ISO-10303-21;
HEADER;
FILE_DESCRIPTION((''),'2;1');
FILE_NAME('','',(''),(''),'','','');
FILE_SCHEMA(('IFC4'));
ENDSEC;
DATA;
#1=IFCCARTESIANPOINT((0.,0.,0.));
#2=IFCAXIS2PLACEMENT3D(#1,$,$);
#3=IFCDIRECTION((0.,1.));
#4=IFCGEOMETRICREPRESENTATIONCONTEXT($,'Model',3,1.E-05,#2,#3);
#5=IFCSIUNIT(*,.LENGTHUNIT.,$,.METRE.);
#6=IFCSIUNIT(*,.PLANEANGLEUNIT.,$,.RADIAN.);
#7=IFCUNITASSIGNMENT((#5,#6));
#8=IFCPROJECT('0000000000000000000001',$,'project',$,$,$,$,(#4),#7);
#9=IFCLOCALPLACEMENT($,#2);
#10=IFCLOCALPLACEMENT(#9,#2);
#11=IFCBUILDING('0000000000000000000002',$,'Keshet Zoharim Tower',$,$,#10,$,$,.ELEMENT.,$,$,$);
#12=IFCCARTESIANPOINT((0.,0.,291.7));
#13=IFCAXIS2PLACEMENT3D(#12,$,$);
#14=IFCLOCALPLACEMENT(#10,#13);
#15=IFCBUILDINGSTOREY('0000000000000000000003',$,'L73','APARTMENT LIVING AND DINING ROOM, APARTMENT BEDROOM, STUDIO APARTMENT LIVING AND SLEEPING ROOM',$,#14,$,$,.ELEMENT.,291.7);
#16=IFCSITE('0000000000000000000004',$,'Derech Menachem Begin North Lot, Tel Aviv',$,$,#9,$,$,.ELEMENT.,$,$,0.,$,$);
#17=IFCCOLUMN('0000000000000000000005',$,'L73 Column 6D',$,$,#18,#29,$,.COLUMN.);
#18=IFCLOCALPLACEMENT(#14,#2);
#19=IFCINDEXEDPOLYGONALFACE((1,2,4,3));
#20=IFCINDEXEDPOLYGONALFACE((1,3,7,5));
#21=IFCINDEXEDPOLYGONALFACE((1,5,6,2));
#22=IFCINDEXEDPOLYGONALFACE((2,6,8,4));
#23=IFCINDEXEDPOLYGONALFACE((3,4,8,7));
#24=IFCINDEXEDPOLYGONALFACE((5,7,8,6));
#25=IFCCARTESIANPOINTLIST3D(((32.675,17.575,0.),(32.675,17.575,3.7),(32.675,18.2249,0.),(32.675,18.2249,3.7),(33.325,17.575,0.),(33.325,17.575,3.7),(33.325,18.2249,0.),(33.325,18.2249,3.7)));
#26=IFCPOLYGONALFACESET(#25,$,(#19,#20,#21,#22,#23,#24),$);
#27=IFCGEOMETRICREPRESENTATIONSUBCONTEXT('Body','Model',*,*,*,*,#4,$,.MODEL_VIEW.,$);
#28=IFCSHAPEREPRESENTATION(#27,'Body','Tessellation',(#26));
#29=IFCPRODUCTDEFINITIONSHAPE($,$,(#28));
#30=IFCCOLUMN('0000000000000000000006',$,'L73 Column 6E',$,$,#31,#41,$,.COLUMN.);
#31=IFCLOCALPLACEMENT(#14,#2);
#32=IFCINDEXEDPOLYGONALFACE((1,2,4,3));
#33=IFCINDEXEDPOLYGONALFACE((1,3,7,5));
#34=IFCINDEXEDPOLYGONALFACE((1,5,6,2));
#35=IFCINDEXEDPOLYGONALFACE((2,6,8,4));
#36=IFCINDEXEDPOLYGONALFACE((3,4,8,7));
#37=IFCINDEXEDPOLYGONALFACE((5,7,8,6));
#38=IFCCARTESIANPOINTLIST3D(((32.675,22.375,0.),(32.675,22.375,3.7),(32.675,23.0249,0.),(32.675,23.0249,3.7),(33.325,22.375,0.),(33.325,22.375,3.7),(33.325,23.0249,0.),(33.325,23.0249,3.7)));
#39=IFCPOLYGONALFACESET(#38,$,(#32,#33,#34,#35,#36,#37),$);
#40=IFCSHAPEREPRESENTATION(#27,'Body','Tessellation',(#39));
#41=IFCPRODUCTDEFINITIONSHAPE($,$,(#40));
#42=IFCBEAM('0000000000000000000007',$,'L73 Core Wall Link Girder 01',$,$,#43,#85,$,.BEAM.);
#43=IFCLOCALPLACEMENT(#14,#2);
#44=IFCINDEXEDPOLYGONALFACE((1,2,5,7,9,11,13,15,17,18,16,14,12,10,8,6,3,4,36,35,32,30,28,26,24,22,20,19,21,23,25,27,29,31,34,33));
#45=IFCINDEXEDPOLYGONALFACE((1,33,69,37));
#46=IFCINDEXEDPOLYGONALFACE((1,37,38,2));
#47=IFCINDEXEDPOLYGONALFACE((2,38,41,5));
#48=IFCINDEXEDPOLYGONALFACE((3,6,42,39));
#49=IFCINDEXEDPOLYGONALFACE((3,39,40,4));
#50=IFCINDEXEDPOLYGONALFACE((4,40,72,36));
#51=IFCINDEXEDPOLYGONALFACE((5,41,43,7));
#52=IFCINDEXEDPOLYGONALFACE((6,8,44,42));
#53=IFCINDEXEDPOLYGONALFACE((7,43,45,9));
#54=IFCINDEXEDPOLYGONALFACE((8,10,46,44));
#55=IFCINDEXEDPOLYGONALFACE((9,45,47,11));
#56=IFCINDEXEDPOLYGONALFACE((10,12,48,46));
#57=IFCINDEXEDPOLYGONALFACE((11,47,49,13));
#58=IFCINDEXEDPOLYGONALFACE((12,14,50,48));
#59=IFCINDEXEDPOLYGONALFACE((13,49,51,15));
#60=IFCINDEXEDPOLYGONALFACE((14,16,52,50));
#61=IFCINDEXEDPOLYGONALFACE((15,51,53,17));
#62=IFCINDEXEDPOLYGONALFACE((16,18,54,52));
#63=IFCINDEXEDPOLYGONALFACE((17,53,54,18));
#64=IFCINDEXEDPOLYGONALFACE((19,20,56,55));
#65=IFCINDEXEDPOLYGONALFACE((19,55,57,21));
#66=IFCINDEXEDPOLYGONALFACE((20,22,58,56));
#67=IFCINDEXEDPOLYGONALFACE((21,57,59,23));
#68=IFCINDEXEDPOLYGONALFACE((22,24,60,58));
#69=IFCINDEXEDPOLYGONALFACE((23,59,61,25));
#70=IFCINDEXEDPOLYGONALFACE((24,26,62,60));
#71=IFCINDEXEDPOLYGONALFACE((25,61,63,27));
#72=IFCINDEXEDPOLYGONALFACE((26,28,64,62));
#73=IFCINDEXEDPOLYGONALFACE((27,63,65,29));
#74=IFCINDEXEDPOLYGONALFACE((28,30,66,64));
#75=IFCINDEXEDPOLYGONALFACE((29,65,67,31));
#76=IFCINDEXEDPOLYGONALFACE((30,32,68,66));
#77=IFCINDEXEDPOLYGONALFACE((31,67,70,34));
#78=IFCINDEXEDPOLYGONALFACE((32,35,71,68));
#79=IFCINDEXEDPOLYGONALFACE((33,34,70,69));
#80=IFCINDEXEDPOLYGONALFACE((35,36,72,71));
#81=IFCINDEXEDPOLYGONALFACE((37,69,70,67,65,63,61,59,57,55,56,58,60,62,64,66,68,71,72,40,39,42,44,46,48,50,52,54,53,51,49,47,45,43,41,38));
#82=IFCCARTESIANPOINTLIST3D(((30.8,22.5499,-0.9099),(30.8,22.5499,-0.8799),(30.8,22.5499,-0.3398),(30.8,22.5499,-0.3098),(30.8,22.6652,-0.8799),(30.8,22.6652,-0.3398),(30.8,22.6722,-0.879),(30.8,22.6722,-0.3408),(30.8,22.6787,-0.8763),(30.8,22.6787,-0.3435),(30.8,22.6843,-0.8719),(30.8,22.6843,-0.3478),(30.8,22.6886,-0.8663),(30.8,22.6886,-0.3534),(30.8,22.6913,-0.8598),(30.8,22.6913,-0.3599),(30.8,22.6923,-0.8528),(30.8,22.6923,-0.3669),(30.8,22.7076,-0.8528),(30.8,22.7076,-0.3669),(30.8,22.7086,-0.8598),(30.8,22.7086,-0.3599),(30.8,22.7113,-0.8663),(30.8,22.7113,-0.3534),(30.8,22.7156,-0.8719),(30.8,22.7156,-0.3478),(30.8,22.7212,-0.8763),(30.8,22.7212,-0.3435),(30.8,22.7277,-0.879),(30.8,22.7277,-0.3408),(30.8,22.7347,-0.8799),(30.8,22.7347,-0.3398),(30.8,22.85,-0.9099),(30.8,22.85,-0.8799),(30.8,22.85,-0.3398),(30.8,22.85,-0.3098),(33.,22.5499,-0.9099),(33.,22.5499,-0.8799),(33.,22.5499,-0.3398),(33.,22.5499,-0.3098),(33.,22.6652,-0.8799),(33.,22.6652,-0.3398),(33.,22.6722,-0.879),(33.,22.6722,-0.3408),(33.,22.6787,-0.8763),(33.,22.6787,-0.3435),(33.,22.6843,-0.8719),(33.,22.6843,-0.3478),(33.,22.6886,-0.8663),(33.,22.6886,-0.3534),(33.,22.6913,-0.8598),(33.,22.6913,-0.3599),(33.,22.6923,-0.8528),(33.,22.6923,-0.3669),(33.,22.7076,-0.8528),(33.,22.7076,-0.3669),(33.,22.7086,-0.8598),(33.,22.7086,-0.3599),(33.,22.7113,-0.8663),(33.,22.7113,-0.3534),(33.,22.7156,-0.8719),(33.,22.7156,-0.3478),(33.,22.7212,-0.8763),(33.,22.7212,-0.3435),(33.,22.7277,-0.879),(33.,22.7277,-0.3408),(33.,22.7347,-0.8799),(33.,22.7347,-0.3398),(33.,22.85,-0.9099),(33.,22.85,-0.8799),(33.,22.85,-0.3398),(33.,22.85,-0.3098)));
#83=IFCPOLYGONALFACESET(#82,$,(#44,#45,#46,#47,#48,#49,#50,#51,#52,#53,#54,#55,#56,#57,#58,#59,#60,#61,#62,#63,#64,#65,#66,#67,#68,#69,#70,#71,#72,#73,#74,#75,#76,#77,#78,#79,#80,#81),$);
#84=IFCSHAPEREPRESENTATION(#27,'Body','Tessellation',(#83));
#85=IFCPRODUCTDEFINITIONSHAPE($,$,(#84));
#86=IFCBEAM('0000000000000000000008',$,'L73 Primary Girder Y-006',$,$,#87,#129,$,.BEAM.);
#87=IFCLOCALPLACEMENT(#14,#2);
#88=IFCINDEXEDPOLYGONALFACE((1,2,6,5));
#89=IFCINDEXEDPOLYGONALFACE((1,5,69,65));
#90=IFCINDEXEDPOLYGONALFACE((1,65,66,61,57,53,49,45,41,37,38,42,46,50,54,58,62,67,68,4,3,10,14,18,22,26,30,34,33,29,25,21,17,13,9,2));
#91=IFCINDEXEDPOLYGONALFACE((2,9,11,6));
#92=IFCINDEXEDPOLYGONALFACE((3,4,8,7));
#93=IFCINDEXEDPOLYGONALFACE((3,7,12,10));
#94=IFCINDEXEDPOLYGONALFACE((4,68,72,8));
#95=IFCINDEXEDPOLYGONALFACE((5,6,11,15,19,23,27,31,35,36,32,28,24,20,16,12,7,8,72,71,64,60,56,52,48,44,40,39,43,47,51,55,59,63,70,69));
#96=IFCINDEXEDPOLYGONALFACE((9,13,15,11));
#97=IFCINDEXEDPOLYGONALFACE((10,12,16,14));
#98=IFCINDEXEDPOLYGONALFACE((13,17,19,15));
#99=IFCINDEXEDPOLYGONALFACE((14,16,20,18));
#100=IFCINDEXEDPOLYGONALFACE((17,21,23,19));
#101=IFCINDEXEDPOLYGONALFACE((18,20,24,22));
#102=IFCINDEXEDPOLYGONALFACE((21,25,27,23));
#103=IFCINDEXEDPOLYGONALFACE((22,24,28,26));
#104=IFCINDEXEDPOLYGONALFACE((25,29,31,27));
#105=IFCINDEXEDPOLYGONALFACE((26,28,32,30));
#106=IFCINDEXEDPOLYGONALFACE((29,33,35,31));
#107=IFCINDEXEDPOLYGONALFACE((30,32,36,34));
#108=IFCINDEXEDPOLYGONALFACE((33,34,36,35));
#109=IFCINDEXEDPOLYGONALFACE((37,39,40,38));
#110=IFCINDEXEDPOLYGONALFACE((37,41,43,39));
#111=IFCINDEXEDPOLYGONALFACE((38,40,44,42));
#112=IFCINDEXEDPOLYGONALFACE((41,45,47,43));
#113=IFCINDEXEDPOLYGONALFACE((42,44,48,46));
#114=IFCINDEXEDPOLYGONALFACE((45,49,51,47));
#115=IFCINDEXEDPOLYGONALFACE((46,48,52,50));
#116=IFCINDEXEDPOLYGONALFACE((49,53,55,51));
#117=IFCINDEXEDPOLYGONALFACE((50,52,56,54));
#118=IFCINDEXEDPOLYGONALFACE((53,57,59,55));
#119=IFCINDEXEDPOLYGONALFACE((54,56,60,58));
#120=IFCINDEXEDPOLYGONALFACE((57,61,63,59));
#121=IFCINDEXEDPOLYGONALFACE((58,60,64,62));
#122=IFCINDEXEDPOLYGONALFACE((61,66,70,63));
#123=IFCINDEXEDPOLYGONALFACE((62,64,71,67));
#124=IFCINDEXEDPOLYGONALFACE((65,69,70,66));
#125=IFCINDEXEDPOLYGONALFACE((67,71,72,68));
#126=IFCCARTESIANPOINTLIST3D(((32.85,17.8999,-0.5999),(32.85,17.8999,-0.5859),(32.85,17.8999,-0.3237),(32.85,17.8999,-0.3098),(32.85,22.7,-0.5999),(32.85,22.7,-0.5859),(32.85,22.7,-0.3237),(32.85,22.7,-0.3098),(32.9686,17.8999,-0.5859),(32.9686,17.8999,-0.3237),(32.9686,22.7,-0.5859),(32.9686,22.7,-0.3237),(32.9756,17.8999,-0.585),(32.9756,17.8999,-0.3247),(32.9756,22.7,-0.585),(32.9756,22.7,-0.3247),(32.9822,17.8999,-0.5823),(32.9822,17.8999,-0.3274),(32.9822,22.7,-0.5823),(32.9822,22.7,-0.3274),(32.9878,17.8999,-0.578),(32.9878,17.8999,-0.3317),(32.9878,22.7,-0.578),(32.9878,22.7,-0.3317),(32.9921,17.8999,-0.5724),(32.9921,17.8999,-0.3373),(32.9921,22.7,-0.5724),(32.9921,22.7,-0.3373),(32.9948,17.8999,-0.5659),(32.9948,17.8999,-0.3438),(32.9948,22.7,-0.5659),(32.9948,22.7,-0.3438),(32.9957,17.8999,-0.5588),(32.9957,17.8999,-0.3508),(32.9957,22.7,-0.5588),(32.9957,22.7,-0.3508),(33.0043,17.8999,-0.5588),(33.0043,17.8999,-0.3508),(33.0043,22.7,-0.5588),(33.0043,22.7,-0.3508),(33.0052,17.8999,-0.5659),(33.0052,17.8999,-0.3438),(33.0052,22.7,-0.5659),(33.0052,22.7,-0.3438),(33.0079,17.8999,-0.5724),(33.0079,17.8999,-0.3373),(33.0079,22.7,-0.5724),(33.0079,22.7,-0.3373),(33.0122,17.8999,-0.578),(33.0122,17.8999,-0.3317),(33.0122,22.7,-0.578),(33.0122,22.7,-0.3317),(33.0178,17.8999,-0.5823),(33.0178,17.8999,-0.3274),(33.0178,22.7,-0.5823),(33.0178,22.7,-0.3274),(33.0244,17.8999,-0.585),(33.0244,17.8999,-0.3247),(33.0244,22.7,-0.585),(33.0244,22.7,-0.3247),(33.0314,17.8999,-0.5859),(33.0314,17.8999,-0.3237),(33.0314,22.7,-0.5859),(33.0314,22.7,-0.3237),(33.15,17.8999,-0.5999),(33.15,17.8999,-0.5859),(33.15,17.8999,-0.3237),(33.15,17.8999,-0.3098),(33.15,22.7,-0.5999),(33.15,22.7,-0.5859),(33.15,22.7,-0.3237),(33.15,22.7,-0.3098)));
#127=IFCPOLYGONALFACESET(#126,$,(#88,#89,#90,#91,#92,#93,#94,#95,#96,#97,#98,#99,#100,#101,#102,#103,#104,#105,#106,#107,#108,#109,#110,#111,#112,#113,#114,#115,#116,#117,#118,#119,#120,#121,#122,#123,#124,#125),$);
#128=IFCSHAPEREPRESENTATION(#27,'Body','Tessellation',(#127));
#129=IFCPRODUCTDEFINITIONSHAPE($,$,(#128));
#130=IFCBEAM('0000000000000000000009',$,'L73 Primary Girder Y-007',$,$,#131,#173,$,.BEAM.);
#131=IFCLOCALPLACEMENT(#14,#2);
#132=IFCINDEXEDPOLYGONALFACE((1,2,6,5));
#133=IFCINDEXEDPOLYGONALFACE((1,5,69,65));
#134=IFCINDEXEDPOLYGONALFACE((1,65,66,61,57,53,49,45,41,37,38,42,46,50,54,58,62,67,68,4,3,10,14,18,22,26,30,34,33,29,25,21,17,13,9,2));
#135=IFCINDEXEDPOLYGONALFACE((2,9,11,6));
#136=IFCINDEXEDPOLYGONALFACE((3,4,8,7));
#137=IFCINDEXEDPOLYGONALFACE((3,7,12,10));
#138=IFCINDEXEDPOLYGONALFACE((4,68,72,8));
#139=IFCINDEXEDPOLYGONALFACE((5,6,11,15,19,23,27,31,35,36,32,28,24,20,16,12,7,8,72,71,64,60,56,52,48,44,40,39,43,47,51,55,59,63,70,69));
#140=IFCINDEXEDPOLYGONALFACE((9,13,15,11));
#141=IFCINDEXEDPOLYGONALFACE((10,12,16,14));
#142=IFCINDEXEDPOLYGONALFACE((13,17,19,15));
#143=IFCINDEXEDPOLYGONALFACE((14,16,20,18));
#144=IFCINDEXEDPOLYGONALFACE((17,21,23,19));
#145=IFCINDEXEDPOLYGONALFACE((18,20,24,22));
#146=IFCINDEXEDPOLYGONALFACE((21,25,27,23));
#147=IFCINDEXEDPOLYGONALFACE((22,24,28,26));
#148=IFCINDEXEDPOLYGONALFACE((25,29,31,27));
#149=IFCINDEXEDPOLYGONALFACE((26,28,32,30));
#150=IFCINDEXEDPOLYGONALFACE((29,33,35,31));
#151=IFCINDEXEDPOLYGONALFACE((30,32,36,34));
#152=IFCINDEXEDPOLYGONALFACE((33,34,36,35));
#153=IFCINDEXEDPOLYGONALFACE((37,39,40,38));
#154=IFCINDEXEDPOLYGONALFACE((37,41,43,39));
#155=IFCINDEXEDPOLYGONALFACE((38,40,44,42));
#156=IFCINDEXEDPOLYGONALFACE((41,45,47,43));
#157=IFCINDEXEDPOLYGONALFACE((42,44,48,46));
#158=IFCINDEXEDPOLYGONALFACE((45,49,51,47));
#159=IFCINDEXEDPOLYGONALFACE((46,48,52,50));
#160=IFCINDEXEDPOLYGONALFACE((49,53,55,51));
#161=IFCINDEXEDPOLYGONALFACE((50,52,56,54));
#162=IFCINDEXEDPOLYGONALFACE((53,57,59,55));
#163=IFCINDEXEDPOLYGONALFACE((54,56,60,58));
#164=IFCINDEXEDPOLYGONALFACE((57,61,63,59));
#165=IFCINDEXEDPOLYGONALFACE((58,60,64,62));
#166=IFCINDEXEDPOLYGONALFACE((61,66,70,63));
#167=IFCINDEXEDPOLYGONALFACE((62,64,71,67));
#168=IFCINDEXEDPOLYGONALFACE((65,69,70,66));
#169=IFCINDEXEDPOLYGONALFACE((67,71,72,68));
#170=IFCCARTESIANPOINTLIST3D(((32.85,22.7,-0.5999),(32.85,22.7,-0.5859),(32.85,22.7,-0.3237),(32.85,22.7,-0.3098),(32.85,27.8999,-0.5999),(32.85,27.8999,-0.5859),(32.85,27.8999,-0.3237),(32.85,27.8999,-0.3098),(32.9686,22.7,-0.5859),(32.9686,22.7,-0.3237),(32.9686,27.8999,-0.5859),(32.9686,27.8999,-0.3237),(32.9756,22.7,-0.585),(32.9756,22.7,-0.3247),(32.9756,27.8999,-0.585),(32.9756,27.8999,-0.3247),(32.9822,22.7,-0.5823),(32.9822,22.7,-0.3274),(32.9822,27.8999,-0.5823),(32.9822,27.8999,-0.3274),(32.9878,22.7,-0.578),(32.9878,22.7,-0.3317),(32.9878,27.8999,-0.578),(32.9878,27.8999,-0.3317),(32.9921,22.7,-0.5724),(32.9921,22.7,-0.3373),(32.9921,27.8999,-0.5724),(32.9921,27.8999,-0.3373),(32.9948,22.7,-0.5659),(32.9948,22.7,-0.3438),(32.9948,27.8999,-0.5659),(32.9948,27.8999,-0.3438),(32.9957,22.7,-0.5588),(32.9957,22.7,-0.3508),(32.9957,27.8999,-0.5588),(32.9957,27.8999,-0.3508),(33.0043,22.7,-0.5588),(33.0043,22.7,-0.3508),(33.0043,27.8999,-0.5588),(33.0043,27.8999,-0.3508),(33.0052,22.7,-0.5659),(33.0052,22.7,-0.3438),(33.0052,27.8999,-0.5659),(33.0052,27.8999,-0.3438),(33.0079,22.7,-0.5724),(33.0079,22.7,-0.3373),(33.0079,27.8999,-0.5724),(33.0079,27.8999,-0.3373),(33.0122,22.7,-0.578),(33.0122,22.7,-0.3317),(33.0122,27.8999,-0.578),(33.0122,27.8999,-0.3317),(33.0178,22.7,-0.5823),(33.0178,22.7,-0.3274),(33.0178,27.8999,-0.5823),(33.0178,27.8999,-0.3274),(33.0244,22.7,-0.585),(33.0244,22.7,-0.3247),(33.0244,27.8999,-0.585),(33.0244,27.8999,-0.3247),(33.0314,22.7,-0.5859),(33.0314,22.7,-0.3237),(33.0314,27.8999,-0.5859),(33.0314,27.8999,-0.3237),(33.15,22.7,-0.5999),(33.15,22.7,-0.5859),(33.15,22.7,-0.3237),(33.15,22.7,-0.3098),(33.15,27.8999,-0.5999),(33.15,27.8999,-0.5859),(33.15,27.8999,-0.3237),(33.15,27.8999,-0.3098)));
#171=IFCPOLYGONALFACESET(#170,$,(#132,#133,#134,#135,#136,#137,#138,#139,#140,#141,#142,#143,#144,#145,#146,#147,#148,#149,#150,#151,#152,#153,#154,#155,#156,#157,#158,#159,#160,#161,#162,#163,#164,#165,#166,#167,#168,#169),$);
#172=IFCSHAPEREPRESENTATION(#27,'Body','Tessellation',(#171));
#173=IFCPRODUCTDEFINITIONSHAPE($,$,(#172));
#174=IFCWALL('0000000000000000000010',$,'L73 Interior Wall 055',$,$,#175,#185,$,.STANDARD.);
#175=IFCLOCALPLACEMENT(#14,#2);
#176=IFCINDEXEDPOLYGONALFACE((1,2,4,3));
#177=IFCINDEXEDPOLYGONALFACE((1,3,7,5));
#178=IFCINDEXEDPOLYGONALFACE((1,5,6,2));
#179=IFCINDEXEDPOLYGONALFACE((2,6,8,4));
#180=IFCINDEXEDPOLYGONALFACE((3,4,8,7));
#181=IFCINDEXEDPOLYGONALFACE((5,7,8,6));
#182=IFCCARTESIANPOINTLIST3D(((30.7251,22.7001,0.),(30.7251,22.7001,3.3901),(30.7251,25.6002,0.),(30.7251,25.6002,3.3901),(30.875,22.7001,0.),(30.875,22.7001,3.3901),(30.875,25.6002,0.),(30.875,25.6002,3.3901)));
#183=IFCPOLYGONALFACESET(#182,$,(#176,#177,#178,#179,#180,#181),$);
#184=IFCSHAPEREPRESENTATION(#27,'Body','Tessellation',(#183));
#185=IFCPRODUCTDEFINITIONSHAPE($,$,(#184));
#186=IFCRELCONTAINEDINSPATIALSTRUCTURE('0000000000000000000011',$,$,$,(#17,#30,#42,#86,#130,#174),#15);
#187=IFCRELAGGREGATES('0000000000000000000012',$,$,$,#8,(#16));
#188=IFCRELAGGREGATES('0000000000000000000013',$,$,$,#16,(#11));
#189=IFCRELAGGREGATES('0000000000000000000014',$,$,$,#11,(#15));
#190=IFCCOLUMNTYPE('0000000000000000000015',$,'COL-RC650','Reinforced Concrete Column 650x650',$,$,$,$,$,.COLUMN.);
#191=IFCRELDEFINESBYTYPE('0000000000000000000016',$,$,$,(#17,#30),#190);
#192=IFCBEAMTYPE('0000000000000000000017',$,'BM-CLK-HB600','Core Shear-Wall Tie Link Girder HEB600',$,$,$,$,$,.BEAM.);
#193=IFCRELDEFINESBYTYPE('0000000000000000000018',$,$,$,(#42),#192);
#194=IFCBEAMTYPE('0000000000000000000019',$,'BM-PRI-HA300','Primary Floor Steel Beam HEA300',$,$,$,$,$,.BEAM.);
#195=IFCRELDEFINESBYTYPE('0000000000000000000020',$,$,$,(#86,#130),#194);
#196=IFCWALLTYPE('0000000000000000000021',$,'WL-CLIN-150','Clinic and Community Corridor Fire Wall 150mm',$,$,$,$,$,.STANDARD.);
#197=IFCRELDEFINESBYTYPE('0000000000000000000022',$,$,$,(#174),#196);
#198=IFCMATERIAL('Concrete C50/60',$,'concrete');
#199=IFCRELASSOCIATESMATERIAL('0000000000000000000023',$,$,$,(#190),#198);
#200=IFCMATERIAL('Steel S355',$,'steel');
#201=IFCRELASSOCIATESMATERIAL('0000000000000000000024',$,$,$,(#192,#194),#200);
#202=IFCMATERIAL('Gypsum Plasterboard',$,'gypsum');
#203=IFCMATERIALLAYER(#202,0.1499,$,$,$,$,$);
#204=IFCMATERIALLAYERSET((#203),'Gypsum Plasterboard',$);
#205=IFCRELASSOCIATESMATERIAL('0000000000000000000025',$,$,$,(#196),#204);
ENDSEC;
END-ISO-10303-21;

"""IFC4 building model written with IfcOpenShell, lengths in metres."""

from ifc_helpers import new_model, si_unit, direction, frame, frame_2d, origin, origin_2d, place, context, subcontext, project, spatial, rectangle, i_section, extrude, material, layer, layer_set, material_profile, profile_set, type_object, element, save


model = new_model("IFC4")

# Units and contexts
model_context = context("Model", 3, precision=1e-05, world=origin(), true_north=direction((0.0, 1.0)))
body_context = subcontext(model_context, "Body", "Model", "MODEL_VIEW")
ifc_project = project(units=[si_unit("LENGTHUNIT", "METRE"), si_unit("PLANEANGLEUNIT", "RADIAN")], contexts=[model_context])

# Site, building, storey
site_placement = place(None, origin())
site = spatial("IfcSite", under=ifc_project, at=site_placement, Name="Derech Menachem Begin North Lot, Tel Aviv", CompositionType="ELEMENT", RefElevation=0.0)
building_placement = place(site_placement, origin())
building = spatial("IfcBuilding", under=site, at=building_placement, Name="Keshet Zoharim Tower", CompositionType="ELEMENT")
storey_placement = place(building_placement, frame((0.0, 0.0, 291.7)))
storey = spatial("IfcBuildingStorey", under=building, at=storey_placement, Name="L73", Description="APARTMENT LIVING AND DINING ROOM, APARTMENT BEDROOM, STUDIO APARTMENT LIVING AND SLEEPING ROOM", CompositionType="ELEMENT", Elevation=291.7)

# Columns
ifc_material_1 = material(Name="Concrete C50/60", Category="concrete")
ifc_material_profile_1 = material_profile(ifc_material_1, rectangle(XDim=0.6499, YDim=0.6499, at=origin_2d()), Name="RC650x650")
ifc_profile_set_1 = profile_set([ifc_material_profile_1], Name="Concrete C50/60")
column_type = type_object("IfcColumnType", Name="COL-RC650", Description="Reinforced Concrete Column 650x650", PredefinedType="COLUMN", material=ifc_profile_set_1)
for number, where, z_axis, x_axis, name in (
    (1, (33.0, 17.8999, 0.0), (0.0, 0.0, 1.0), (1.0, 0.0, 0.0), "L73 Column 6D"),
    (2, (33.0, 22.7, 0.0), (0.0, 0.0, 1.0), (1.0, 0.0, 0.0), "L73 Column 6E"),
):
    element("IfcColumn", number, at=place(storey_placement, frame(where, z_axis=z_axis, x_axis=x_axis)), inside=storey, type_object=column_type, Name=name, PredefinedType="COLUMN", context=body_context, shape_type="SweptSolid", body=[
        extrude(rectangle(XDim=0.6499, YDim=0.6499, at=origin_2d()), origin(), (0.0, 0.0, 1.0), 3.7),
    ])

# Beams
ifc_material_2 = material(Name="Steel S355", Category="steel")
ifc_material_profile_2 = material_profile(ifc_material_2, i_section(OverallWidth=0.3, OverallDepth=0.6001, WebThickness=0.0154, FlangeThickness=0.03, FilletRadius=0.0271, at=origin_2d()), Name="HEB600")
ifc_profile_set_2 = profile_set([ifc_material_profile_2], Name="Steel S355")
beam_type_1 = type_object("IfcBeamType", Name="BM-CLK-HB600", Description="Core Shear-Wall Tie Link Girder HEB600", PredefinedType="BEAM", material=ifc_profile_set_2)
beam_1_placement = place(storey_placement, frame((30.8, 22.7, -0.6099), z_axis=(1.0, 0.0, 0.0), x_axis=(0.0, 1.0, 0.0)))
element("IfcBeam", 3, at=beam_1_placement, inside=storey, type_object=beam_type_1, Name="L73 Core Wall Link Girder 01", PredefinedType="BEAM", context=body_context, shape_type="SweptSolid", body=[
    extrude(i_section(OverallWidth=0.3, OverallDepth=0.6001, WebThickness=0.0154, FlangeThickness=0.03, FilletRadius=0.0271, at=origin_2d()), origin(), (0.0, 0.0, 1.0), 2.2),
])
ifc_material_profile_3 = material_profile(ifc_material_2, i_section(OverallWidth=0.3, OverallDepth=0.29, WebThickness=0.0085, FlangeThickness=0.0139, FilletRadius=0.0271, at=origin_2d()), Name="HEA300")
ifc_profile_set_3 = profile_set([ifc_material_profile_3], Name="Steel S355")
beam_type_2 = type_object("IfcBeamType", Name="BM-PRI-HA300", Description="Primary Floor Steel Beam HEA300", PredefinedType="BEAM", material=ifc_profile_set_3)
beam_2_placement = place(storey_placement, frame((33.0, 17.8999, -0.4548), z_axis=(0.0, 1.0, 0.0), x_axis=(-1.0, 0.0, 0.0)))
element("IfcBeam", 4, at=beam_2_placement, inside=storey, type_object=beam_type_2, Name="L73 Primary Girder Y-006", PredefinedType="BEAM", context=body_context, shape_type="SweptSolid", body=[
    extrude(i_section(OverallWidth=0.3, OverallDepth=0.29, WebThickness=0.0085, FlangeThickness=0.0139, FilletRadius=0.0271, at=origin_2d()), origin(), (0.0, 0.0, 1.0), 4.8),
])
beam_3_placement = place(storey_placement, frame((33.0, 22.7, -0.4548), z_axis=(0.0, 1.0, 0.0), x_axis=(-1.0, 0.0, 0.0)))
element("IfcBeam", 5, at=beam_3_placement, inside=storey, type_object=beam_type_2, Name="L73 Primary Girder Y-007", PredefinedType="BEAM", context=body_context, shape_type="SweptSolid", body=[
    extrude(i_section(OverallWidth=0.3, OverallDepth=0.29, WebThickness=0.0085, FlangeThickness=0.0139, FilletRadius=0.0271, at=origin_2d()), origin(), (0.0, 0.0, 1.0), 5.2),
])

# Wall
ifc_material_3 = material(Name="Gypsum Plasterboard", Category="gypsum")
ifc_layer_1 = layer(ifc_material_3, 0.1499)
ifc_layer_set_1 = layer_set([ifc_layer_1], Name="Gypsum Plasterboard")
wall_type_1 = type_object("IfcWallType", Name="WL-CLIN-150", Description="Clinic and Community Corridor Fire Wall 150mm", PredefinedType="STANDARD", material=ifc_layer_set_1)
wall_1_placement = place(storey_placement, frame((30.8, 22.7, 0.0), z_axis=(0.0, 0.0, 1.0), x_axis=(0.0, 1.0, 0.0)))
element("IfcWall", 6, at=wall_1_placement, inside=storey, type_object=wall_type_1, Name="L73 Interior Wall 055", PredefinedType="STANDARD", context=body_context, shape_type="SweptSolid", body=[
    extrude(rectangle(XDim=2.9001, YDim=0.1499, at=frame_2d((1.4502, 0.0))), origin(), (0.0, 0.0, 1.0), 3.3901),
])

save(model, "model.ifc")
